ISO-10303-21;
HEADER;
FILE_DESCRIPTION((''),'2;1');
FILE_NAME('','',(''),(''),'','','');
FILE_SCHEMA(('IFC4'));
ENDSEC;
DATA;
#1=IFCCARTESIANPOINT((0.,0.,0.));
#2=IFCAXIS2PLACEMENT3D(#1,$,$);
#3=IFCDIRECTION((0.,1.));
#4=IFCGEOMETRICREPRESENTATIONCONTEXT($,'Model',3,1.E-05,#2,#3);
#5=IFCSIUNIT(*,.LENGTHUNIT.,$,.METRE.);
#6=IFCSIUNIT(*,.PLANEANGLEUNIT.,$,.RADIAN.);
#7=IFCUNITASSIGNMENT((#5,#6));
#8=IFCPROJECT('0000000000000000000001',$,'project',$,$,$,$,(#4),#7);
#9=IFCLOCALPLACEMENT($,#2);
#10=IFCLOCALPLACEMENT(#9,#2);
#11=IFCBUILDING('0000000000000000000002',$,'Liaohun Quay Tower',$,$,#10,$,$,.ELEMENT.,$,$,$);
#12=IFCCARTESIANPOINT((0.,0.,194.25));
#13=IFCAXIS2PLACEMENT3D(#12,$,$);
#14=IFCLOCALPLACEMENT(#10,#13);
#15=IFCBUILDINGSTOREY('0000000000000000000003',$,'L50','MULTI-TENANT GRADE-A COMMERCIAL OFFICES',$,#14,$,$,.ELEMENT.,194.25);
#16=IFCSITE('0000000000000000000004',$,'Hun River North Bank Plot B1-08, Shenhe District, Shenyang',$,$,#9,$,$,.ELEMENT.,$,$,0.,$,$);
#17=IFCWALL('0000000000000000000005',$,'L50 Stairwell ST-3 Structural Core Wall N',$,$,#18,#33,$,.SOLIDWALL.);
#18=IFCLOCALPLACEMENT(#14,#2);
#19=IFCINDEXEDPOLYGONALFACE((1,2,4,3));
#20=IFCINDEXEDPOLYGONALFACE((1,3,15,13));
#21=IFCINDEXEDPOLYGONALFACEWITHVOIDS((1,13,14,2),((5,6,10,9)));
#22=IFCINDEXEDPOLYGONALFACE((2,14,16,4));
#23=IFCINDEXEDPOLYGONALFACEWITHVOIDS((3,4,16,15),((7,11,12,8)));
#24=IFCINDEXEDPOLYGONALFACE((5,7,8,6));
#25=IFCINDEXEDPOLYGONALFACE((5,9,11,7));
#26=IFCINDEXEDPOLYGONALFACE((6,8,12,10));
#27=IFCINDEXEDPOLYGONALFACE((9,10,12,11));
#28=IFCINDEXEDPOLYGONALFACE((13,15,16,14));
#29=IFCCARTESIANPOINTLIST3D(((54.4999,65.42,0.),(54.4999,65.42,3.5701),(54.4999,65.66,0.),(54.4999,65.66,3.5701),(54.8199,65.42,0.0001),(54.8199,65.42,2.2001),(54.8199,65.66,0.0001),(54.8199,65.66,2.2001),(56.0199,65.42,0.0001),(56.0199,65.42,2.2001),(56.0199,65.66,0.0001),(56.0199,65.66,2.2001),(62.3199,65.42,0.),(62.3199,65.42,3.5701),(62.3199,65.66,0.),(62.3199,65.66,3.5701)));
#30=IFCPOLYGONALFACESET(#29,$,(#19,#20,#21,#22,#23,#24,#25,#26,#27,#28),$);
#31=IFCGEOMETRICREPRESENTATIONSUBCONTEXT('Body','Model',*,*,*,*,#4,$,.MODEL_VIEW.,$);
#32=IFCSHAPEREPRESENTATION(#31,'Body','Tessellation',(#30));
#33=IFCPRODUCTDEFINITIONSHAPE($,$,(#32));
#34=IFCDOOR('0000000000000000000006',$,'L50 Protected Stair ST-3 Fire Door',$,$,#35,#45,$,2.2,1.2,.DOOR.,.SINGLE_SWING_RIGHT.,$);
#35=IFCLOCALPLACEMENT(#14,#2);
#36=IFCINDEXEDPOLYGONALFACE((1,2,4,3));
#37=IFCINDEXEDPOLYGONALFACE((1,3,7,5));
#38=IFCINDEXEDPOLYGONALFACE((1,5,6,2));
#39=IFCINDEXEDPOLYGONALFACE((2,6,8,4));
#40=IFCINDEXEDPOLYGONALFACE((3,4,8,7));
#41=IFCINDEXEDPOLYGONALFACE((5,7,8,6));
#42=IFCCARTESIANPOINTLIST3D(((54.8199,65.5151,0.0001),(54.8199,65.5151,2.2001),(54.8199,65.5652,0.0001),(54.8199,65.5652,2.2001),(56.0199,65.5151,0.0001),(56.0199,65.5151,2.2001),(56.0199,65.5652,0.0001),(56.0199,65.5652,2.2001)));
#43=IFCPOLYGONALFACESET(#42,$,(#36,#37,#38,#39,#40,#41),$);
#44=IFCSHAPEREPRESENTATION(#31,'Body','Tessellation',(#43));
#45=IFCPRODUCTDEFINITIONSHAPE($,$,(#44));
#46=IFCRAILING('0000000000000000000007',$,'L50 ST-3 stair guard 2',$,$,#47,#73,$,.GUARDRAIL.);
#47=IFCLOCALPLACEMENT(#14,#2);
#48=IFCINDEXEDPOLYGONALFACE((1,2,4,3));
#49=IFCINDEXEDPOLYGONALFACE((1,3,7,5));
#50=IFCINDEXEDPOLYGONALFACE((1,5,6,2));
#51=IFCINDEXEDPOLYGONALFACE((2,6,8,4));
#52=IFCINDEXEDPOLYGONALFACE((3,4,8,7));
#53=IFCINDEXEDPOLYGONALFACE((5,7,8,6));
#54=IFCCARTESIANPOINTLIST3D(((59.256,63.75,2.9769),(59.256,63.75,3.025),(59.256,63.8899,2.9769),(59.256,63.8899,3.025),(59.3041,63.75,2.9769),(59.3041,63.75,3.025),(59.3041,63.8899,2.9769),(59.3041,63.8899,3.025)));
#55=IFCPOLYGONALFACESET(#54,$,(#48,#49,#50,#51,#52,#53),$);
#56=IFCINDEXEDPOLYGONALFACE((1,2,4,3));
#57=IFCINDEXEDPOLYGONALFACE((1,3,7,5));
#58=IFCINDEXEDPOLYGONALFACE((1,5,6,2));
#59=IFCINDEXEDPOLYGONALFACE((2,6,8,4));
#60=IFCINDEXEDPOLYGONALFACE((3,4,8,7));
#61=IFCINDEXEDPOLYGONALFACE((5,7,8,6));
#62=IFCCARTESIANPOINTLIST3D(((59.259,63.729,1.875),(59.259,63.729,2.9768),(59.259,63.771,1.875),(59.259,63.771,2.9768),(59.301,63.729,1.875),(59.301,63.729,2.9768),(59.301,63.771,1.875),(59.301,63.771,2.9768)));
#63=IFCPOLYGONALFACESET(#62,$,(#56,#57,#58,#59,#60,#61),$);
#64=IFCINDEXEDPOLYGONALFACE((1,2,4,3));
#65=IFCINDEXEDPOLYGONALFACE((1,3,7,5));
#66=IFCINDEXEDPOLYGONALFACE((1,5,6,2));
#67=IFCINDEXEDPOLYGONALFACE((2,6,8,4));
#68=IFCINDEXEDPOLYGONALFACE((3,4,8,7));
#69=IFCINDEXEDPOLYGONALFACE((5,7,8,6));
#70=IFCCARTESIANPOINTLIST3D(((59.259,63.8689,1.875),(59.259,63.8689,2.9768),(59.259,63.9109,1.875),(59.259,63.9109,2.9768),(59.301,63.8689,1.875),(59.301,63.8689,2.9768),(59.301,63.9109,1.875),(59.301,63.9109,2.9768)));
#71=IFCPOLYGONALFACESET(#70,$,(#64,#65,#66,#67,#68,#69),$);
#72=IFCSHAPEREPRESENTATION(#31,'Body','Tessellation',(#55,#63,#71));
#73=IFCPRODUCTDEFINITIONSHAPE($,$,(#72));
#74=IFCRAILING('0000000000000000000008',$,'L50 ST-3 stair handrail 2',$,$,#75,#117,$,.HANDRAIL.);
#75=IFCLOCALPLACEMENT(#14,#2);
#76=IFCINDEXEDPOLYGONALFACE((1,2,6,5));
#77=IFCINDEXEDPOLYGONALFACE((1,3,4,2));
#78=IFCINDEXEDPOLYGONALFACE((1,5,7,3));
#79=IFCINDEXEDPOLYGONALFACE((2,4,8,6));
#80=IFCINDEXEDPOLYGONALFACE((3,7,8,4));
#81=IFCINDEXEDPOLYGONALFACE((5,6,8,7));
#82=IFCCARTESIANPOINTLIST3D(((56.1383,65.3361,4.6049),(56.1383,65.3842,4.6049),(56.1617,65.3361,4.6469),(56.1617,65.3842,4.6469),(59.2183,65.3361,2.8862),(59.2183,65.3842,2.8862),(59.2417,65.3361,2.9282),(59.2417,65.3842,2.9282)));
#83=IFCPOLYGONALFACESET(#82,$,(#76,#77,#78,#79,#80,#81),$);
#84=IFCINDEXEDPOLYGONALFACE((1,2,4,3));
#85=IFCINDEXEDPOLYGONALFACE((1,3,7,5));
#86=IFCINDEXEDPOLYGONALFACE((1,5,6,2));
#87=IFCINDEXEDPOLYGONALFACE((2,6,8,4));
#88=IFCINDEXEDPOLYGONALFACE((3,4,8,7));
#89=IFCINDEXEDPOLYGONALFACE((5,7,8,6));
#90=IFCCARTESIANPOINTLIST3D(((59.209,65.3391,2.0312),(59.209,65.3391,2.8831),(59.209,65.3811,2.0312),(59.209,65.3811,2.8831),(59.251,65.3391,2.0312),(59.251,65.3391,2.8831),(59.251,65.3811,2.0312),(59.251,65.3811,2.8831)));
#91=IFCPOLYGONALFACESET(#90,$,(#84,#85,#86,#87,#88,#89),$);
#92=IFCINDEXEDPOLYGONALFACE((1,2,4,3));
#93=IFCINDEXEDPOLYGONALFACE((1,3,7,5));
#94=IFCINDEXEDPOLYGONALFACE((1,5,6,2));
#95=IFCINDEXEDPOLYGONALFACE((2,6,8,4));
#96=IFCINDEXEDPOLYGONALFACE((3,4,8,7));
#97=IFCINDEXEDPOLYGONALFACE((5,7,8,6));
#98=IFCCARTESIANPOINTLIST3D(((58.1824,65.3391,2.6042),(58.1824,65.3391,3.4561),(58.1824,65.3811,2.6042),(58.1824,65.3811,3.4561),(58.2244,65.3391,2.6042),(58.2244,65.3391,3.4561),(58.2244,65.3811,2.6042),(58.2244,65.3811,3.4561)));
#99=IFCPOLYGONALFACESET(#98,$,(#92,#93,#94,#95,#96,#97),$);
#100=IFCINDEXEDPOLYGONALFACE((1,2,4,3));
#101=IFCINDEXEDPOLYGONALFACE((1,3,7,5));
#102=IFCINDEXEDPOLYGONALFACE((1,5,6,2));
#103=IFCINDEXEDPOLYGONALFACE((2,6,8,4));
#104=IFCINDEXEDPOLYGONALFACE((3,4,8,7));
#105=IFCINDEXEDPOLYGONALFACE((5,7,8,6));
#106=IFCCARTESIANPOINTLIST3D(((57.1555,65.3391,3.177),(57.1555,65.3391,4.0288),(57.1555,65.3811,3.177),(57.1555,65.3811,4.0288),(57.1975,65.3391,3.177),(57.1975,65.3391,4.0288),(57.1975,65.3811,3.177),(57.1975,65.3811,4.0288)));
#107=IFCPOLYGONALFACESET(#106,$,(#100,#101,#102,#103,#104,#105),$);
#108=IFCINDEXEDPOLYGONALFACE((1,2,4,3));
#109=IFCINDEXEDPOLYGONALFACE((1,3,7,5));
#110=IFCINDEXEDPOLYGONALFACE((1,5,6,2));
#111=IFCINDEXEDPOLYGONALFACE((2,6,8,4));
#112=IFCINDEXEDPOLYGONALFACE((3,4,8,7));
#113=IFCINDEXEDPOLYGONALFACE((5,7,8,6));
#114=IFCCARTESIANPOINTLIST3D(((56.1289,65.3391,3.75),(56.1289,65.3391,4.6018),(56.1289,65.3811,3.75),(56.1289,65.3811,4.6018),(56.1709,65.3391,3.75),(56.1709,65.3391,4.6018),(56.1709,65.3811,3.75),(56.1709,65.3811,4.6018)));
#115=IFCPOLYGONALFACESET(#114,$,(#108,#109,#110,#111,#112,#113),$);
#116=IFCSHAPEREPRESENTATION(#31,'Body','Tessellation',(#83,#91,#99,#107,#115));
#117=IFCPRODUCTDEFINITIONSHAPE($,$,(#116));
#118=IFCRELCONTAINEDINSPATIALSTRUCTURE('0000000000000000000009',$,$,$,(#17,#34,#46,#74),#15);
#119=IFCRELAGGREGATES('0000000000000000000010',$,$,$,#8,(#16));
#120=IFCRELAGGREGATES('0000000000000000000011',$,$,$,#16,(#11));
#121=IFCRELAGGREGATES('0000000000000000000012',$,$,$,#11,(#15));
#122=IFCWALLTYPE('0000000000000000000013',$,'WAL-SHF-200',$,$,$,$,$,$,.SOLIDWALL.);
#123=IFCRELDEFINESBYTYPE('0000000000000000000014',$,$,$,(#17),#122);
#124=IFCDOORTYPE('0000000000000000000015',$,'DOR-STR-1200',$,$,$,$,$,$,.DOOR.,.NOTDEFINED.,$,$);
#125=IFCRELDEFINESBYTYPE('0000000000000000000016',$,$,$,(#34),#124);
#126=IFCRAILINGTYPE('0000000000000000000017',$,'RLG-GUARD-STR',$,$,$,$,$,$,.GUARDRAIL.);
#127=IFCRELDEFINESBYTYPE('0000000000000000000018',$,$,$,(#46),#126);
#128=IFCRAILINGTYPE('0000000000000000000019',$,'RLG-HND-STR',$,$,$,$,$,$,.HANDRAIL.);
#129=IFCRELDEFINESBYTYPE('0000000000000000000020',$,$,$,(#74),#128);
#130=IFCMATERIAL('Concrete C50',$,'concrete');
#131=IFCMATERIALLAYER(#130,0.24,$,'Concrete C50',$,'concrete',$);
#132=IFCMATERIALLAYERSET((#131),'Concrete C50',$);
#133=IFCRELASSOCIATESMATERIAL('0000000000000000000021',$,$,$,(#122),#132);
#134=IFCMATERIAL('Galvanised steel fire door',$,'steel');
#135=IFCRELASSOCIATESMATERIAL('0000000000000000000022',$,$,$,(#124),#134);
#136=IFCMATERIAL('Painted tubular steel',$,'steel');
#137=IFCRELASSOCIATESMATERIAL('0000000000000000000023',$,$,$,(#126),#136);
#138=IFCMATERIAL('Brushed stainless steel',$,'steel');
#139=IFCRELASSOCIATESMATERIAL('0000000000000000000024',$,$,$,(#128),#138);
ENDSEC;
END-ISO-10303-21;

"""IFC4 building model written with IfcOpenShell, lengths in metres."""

from ifc_helpers import new_model, si_unit, direction, frame, frame_2d, origin, origin_2d, place, context, subcontext, project, spatial, rectangle, extrude, source, transform, mapped, material, layer, layer_set, type_object, element, fill, save


model = new_model("IFC4")

# Units and contexts
model_context = context("Model", 3, precision=1e-05, world=origin(), true_north=direction((0.0, 1.0)))
body_context = subcontext(model_context, "Body", "Model", "MODEL_VIEW")
ifc_project = project(units=[si_unit("LENGTHUNIT", "METRE"), si_unit("PLANEANGLEUNIT", "RADIAN")], contexts=[model_context])

# Site, building, storey
site_placement = place(None, origin())
site = spatial("IfcSite", under=ifc_project, at=site_placement, Name="Hun River North Bank Plot B1-08, Shenhe District, Shenyang", CompositionType="ELEMENT", RefElevation=0.0)
building_placement = place(site_placement, origin())
building = spatial("IfcBuilding", under=site, at=building_placement, Name="Liaohun Quay Tower", CompositionType="ELEMENT")
storey_placement = place(building_placement, frame((0.0, 0.0, 194.25)))
storey = spatial("IfcBuildingStorey", under=building, at=storey_placement, Name="L50", Description="MULTI-TENANT GRADE-A COMMERCIAL OFFICES", CompositionType="ELEMENT", Elevation=194.25)

# Shared definitions
ifc_material_1 = material(Name="Concrete C50", Category="concrete")
ifc_layer_1 = layer(ifc_material_1, 0.24, Name="Concrete C50", Category="concrete")
ifc_layer_set_1 = layer_set([ifc_layer_1], Name="Concrete C50")
wall_type_1 = type_object("IfcWallType", Name="WAL-SHF-200", PredefinedType="SOLIDWALL", material=ifc_layer_set_1)

# Wall, opening, door
wall_1_placement = place(storey_placement, frame((62.3201, 65.54, 0.0), z_axis=(0.0, 0.0, 1.0), x_axis=(-1.0, 0.0, 0.0)))
wall_1 = element("IfcWall", 1, at=wall_1_placement, inside=storey, type_object=wall_type_1, Name="L50 Stairwell ST-3 Structural Core Wall N", PredefinedType="SOLIDWALL", context=body_context, shape_type="SweptSolid", body=[
    extrude(rectangle(XDim=7.8201, YDim=0.24, at=frame_2d((3.9102, 0.0))), origin(), (0.0, 0.0, 1.0), 3.5701),
])
shared_shape_1 = source(origin(), body_context, "Body", "SweptSolid", [
    extrude(rectangle(XDim=1.2, YDim=2.2, at=frame_2d((0.6001, 1.1001))), frame((0.0, 0.1299, 0.0), z_axis=(0.0, -1.0, 0.0), x_axis=(1.0, 0.0, 0.0)), (0.0, 0.0, 1.0), 0.26),
])
opening_1_placement = place(wall_1_placement, frame((6.3, 0.0, 0.0)))
opening_1 = element("IfcOpeningElement", 2, at=opening_1_placement, cuts=wall_1, PredefinedType="OPENING", context=body_context, shape_type="MappedRepresentation", body=[
    mapped(shared_shape_1, transform((0.0, 0.0, 0.0), x_axis=(1.0, 0.0, 0.0), y_axis=(0.0, 1.0, 0.0), z_axis=(0.0, 0.0, 1.0), scale=1.0)),
])
ifc_material_2 = material(Name="Galvanised steel fire door", Category="steel")
door_type_1 = type_object("IfcDoorType", Name="DOR-STR-1200", OperationType="NOTDEFINED", PredefinedType="DOOR", material=ifc_material_2)
shared_shape_2 = source(origin(), body_context, "Body", "SweptSolid", [
    extrude(rectangle(XDim=1.2, YDim=2.2, at=frame_2d((0.6001, 1.1001))), frame((0.0, 0.0249, 0.0), z_axis=(0.0, -1.0, 0.0), x_axis=(1.0, 0.0, 0.0)), (0.0, 0.0, 1.0), 0.05),
])
door_1_placement = place(opening_1_placement, origin())
door_1 = element("IfcDoor", 3, at=door_1_placement, inside=storey, type_object=door_type_1, Name="L50 Protected Stair ST-3 Fire Door", OperationType="SINGLE_SWING_RIGHT", OverallHeight=2.2, OverallWidth=1.2, PredefinedType="DOOR", context=body_context, shape_type="MappedRepresentation", body=[
    mapped(shared_shape_2, transform((0.0, 0.0, 0.0), x_axis=(1.0, 0.0, 0.0), y_axis=(0.0, 1.0, 0.0), z_axis=(0.0, 0.0, 1.0), scale=1.0)),
])
fill(opening_1, door_1)

# Railings
ifc_material_3 = material(Name="Painted tubular steel", Category="steel")
railing_type_1 = type_object("IfcRailingType", Name="RLG-GUARD-STR", PredefinedType="GUARDRAIL", material=ifc_material_3)
railing_1_placement = place(storey_placement, frame((59.28, 63.75, 1.875)))
element("IfcRailing", 4, at=railing_1_placement, inside=storey, type_object=railing_type_1, Name="L50 ST-3 stair guard 2", PredefinedType="GUARDRAIL", context=body_context, shape_type="SweptSolid", body=[
    extrude(rectangle(XDim=0.0481, YDim=0.0481, at=origin_2d()), frame((0.0, 0.0, 1.126), z_axis=(0.0, 1.0, 0.0), x_axis=(-1.0, 0.0, 0.0)), (0.0, 0.0, 1.0), 0.1399),
    extrude(rectangle(XDim=0.042, YDim=0.042, at=origin_2d()), origin(), (0.0, 0.0, 1.0), 1.1018),
    extrude(rectangle(XDim=0.042, YDim=0.042, at=origin_2d()), frame((0.0, 0.1399, 0.0)), (0.0, 0.0, 1.0), 1.1018),
])
ifc_material_4 = material(Name="Brushed stainless steel", Category="steel")
railing_type_2 = type_object("IfcRailingType", Name="RLG-HND-STR", PredefinedType="HANDRAIL", material=ifc_material_4)
railing_2_placement = place(storey_placement, frame((59.23, 65.3601, 2.0312)))
element("IfcRailing", 5, at=railing_2_placement, inside=storey, type_object=railing_type_2, Name="L50 ST-3 stair handrail 2", PredefinedType="HANDRAIL", context=body_context, shape_type="SweptSolid", body=[
    extrude(rectangle(XDim=0.0481, YDim=0.0481, at=origin_2d()), frame((0.0, 0.0, 0.876), z_axis=(-0.873242, 0.0, 0.487288), x_axis=(0.0, -1.0, 0.0)), (0.0, 0.0, 1.0), 3.5271),
    extrude(rectangle(XDim=0.042, YDim=0.042, at=origin_2d()), origin(), (0.0, 0.0, 1.0), 0.8518),
    extrude(rectangle(XDim=0.042, YDim=0.042, at=origin_2d()), frame((-1.0266, 0.0, 0.573)), (0.0, 0.0, 1.0), 0.8518),
    extrude(rectangle(XDim=0.042, YDim=0.042, at=origin_2d()), frame((-2.0535, 0.0, 1.1458)), (0.0, 0.0, 1.0), 0.8518),
    extrude(rectangle(XDim=0.042, YDim=0.042, at=origin_2d()), frame((-3.0801, 0.0, 1.7188)), (0.0, 0.0, 1.0), 0.8518),
])

save(model, "model.ifc")
